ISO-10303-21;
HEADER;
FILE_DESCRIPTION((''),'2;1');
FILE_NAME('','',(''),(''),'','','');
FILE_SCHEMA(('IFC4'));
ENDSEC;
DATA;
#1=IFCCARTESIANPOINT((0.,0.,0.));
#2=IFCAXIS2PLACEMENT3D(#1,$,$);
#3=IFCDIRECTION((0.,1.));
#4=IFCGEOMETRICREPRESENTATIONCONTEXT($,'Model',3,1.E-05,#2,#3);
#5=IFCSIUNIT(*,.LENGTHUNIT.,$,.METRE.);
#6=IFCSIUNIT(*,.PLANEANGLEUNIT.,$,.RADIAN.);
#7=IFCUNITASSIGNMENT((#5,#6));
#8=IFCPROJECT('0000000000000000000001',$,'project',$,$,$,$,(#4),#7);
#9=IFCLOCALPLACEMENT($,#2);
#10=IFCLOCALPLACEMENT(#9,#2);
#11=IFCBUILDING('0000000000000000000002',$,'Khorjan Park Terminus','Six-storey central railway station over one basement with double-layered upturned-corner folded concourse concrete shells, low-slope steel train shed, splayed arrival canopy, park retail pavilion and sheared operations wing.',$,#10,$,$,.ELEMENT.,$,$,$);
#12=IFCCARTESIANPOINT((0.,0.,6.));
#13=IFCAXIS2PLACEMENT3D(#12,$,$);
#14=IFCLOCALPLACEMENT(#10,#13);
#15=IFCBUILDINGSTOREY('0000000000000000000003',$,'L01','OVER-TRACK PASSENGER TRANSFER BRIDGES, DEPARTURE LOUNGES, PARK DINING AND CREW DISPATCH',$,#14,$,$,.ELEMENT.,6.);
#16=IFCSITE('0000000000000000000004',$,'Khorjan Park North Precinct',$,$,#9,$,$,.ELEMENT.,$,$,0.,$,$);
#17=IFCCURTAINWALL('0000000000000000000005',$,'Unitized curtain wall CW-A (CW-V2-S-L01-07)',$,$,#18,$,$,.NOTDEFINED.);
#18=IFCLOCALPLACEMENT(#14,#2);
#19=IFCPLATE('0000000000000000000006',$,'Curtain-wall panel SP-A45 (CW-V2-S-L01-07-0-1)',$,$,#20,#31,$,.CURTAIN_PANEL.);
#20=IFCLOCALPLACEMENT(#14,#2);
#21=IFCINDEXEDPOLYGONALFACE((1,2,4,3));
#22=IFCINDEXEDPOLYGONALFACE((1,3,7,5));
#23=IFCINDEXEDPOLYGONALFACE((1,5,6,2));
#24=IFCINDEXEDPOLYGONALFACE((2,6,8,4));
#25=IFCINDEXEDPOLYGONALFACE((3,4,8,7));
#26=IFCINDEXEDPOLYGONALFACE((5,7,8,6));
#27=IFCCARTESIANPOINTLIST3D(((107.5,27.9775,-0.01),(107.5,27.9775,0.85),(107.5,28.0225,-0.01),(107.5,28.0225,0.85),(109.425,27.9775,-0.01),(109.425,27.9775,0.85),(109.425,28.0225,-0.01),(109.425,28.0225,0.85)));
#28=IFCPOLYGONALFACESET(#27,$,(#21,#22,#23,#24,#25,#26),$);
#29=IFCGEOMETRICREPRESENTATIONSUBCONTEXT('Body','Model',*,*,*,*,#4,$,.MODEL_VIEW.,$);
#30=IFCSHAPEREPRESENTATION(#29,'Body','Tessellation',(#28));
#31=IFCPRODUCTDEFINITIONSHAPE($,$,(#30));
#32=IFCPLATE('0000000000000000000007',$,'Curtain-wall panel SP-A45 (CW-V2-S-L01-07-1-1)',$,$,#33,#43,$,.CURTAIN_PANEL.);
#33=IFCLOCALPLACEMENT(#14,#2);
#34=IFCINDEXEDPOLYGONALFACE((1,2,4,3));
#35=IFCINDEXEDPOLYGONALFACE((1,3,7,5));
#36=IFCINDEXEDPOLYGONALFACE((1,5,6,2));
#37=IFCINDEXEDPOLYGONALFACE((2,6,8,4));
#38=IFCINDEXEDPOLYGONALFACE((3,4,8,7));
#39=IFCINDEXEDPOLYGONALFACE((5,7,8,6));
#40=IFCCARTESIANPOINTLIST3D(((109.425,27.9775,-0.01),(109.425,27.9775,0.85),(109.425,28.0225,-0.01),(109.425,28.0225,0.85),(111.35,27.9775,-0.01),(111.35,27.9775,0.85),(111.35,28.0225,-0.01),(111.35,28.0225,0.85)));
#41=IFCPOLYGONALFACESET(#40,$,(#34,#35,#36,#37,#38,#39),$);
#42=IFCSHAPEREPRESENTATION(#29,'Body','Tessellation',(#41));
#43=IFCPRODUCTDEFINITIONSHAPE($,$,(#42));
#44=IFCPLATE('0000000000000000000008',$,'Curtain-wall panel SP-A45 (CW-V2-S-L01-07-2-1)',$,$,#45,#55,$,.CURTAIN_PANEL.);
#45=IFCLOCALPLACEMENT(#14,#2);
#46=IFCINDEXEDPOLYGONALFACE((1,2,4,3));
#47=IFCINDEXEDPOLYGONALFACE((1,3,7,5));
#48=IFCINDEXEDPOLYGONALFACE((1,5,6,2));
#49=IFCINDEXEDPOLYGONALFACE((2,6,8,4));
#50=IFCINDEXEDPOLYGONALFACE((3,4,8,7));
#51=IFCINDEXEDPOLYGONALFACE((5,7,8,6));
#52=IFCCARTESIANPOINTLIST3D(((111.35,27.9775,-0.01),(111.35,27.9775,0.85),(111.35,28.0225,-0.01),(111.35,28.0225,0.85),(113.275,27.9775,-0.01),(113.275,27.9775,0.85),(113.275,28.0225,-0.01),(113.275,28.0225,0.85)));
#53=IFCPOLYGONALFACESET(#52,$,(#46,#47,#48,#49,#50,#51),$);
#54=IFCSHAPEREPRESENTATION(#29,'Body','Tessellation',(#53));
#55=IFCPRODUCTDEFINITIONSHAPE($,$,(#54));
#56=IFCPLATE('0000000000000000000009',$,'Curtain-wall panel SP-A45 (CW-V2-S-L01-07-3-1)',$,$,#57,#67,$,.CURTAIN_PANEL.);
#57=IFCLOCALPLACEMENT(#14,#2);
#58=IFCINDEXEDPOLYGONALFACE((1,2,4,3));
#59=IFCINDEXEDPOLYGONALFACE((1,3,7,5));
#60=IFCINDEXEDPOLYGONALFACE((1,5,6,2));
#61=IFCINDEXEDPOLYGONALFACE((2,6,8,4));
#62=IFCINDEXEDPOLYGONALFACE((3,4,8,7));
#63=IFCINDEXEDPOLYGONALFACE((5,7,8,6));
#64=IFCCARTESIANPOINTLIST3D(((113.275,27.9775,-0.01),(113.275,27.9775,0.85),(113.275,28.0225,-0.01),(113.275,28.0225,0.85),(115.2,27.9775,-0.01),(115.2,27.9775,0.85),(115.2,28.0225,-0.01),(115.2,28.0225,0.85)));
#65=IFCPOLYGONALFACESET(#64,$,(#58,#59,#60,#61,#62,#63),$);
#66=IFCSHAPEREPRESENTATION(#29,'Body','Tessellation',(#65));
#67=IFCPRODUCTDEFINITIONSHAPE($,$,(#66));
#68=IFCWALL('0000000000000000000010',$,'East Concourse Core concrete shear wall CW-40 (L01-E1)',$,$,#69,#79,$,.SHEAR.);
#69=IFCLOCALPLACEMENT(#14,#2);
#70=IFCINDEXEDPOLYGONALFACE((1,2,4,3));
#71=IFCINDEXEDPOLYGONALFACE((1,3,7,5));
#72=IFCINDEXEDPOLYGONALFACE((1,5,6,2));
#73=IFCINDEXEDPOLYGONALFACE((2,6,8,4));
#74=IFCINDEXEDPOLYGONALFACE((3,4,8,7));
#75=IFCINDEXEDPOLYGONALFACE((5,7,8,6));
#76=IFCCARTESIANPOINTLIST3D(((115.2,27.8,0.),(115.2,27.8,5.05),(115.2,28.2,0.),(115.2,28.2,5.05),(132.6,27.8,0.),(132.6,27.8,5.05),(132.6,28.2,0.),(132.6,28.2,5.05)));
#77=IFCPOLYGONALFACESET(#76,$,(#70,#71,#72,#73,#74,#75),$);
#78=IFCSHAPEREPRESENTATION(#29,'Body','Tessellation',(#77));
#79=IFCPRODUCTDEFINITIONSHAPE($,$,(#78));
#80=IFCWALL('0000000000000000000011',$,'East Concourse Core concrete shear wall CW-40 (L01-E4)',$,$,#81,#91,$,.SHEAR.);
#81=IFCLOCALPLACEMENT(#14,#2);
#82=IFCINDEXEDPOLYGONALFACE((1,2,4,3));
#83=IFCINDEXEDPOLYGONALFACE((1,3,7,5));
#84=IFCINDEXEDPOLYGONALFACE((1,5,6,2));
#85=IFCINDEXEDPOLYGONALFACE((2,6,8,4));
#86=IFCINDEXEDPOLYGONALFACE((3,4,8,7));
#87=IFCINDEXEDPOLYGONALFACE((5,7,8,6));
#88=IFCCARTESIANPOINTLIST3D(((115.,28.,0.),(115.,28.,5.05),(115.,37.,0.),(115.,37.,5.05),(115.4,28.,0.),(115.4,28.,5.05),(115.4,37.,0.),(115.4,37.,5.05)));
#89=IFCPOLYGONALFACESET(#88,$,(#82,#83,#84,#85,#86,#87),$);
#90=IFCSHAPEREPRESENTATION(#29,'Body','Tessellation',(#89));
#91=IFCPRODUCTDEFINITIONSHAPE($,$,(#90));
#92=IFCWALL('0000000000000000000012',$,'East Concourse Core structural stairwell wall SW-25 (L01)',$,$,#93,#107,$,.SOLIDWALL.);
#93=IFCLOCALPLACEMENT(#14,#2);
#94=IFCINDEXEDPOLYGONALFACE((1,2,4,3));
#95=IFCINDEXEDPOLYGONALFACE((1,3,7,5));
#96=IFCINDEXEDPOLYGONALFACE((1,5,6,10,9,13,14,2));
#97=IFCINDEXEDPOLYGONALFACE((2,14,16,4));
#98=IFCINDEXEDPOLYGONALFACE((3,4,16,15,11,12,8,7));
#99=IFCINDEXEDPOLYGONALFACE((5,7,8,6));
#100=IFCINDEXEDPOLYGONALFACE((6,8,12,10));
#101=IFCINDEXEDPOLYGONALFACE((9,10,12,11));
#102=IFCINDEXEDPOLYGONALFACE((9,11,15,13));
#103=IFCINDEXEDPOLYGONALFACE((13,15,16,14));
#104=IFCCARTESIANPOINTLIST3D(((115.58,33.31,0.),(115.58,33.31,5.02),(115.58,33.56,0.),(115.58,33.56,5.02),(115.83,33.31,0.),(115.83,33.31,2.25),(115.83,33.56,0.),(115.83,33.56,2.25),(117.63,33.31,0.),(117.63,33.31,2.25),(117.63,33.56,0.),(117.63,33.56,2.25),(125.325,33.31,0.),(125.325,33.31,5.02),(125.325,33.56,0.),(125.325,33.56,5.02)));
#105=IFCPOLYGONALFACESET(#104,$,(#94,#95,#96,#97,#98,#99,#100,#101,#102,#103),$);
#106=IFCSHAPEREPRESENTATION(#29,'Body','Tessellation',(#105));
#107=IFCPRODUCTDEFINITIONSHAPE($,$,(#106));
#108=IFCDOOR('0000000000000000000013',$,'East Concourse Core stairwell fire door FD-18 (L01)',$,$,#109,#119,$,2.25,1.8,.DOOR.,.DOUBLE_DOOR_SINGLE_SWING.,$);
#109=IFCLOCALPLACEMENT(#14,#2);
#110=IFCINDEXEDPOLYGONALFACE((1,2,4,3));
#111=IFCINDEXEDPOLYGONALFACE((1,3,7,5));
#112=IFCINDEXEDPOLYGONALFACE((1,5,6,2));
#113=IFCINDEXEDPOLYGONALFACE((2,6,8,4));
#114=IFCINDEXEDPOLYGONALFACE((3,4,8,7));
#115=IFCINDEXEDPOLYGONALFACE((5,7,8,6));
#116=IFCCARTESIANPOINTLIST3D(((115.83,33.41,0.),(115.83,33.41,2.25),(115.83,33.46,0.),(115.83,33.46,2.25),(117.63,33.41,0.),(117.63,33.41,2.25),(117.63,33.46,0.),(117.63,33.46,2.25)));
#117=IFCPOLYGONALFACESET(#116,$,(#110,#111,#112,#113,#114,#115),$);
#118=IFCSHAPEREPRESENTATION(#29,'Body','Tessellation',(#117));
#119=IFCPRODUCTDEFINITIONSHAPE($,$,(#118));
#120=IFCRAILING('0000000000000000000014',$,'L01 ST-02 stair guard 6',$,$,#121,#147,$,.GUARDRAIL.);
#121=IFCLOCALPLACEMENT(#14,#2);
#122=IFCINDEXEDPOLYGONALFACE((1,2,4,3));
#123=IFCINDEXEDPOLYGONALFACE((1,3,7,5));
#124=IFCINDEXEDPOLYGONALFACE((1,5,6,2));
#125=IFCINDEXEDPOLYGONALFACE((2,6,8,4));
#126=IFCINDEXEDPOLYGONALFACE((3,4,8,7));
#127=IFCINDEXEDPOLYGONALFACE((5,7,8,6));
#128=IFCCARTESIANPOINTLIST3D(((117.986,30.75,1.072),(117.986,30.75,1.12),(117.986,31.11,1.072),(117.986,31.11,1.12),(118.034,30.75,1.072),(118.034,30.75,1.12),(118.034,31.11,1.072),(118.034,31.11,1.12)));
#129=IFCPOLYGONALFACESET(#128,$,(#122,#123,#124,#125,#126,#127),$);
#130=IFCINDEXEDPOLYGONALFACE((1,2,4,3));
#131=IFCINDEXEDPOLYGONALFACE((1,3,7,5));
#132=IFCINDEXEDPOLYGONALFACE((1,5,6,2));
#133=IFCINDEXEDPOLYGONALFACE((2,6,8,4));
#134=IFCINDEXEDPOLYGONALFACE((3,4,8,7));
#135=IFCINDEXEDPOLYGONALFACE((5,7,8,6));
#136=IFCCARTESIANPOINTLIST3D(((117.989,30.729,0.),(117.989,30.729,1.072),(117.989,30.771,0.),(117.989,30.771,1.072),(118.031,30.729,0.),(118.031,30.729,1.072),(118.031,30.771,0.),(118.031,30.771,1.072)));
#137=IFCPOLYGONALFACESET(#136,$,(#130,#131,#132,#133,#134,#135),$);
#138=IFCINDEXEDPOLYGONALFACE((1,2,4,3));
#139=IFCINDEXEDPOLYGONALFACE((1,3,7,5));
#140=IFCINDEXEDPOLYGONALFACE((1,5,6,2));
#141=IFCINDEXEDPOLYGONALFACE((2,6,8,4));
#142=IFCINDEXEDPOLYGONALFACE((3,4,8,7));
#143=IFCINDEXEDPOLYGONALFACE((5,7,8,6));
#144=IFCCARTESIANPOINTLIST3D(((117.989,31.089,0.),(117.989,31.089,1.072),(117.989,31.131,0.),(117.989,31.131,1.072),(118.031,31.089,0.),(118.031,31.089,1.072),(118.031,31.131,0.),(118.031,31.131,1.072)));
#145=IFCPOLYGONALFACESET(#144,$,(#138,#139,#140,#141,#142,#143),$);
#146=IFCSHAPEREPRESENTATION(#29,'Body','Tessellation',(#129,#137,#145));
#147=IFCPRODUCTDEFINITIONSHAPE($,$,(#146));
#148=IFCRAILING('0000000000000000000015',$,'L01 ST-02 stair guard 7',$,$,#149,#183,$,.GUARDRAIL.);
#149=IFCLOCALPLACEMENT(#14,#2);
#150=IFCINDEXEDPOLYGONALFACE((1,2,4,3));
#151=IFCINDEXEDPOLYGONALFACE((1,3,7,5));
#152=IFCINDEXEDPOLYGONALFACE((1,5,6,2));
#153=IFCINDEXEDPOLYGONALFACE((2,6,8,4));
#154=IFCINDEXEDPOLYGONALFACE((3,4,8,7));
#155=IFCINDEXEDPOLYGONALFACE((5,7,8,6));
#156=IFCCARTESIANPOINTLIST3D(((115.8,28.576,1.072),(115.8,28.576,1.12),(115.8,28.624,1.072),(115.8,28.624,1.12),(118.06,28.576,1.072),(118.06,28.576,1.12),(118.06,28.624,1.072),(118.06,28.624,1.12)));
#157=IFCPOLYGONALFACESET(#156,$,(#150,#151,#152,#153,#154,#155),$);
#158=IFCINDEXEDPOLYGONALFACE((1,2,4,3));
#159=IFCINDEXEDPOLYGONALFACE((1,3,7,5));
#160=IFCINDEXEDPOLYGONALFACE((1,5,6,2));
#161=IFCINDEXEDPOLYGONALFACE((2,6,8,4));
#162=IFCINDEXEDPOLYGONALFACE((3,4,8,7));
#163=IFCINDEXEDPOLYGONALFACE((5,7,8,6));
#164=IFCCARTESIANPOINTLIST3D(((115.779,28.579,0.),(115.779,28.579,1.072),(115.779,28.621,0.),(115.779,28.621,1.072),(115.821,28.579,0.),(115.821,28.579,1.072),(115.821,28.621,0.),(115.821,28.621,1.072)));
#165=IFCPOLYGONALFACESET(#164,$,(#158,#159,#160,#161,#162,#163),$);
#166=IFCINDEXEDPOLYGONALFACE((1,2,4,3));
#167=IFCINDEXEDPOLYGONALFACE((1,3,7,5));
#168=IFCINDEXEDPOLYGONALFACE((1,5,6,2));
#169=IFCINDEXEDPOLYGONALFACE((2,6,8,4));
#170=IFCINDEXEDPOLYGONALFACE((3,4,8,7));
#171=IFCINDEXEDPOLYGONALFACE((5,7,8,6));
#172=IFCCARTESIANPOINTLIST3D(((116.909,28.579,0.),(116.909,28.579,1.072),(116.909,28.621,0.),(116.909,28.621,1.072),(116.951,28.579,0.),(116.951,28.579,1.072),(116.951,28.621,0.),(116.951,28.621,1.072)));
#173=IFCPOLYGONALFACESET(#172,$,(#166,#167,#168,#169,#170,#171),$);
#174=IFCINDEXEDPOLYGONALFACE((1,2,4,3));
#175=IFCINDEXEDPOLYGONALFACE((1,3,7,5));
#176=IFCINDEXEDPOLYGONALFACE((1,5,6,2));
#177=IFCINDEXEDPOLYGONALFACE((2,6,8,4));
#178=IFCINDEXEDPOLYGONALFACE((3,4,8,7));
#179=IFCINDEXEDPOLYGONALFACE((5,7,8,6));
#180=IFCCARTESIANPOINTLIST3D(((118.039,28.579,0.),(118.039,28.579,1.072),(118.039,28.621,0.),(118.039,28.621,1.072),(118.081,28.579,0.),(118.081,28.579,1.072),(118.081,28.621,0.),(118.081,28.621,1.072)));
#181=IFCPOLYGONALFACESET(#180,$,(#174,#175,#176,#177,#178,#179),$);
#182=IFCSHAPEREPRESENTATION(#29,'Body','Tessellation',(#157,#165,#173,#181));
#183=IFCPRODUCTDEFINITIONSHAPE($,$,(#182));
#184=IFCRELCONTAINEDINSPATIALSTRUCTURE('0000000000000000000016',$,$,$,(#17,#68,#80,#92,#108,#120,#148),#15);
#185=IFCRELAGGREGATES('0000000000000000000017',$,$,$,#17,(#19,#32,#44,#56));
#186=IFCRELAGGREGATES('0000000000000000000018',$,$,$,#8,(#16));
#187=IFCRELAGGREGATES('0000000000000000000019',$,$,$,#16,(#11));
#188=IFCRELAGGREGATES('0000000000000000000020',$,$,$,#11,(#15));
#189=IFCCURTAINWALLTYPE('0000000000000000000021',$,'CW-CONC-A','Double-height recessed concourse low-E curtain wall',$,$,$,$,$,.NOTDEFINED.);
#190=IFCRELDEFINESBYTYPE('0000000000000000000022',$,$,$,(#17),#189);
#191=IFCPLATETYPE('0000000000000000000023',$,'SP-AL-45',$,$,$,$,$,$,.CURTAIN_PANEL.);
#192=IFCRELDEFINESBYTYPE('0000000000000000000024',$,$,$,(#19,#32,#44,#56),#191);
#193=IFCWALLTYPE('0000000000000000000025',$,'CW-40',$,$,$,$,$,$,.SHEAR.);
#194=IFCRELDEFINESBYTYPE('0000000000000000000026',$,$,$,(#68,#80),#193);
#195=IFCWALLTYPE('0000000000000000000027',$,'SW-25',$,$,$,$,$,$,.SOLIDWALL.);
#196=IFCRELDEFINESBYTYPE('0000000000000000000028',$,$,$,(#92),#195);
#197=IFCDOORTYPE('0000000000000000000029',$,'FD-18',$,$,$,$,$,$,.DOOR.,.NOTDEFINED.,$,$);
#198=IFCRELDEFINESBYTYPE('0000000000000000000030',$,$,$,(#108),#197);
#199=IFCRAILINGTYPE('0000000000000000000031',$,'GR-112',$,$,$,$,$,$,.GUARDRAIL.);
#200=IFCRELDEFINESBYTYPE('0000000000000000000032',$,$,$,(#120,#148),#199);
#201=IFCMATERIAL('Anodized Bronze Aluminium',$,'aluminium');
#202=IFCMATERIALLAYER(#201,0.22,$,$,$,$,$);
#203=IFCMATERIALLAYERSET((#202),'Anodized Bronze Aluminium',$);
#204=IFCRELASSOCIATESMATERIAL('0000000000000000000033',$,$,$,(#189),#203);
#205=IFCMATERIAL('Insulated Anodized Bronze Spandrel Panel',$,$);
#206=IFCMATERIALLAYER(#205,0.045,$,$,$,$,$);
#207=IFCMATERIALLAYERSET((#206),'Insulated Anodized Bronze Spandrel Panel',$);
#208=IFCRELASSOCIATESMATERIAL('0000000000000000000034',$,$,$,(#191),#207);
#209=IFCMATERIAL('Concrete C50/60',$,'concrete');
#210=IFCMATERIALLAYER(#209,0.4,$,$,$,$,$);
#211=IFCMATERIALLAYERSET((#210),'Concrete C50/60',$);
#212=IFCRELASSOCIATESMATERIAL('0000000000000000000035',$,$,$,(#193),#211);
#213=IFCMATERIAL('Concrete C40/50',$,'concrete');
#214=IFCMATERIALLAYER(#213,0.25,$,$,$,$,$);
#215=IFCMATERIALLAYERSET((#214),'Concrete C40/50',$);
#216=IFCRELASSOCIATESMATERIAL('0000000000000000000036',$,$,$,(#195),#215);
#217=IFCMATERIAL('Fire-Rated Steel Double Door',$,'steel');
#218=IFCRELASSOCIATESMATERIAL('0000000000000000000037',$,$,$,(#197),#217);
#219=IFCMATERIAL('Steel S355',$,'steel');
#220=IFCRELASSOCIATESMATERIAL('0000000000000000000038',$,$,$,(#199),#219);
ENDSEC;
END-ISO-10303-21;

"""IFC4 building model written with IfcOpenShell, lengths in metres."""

from ifc_helpers import new_model, si_unit, direction, frame, frame_2d, origin, origin_2d, place, context, subcontext, project, spatial, rectangle, extrude, material, layer, layer_set, type_object, element, fill, aggregate, save


model = new_model("IFC4")

# Units and contexts
model_context = context("Model", 3, precision=1e-05, world=origin(), true_north=direction((0.0, 1.0)))
body_context = subcontext(model_context, "Body", "Model", "MODEL_VIEW")
ifc_project = project(units=[si_unit("LENGTHUNIT", "METRE"), si_unit("PLANEANGLEUNIT", "RADIAN")], contexts=[model_context])

# Site, building, storey
site_placement = place(None, origin())
site = spatial("IfcSite", under=ifc_project, at=site_placement, Name="Khorjan Park North Precinct", CompositionType="ELEMENT", RefElevation=0.0)
building_placement = place(site_placement, origin())
building = spatial("IfcBuilding", under=site, at=building_placement, Name="Khorjan Park Terminus", Description="Six-storey central railway station over one basement with double-layered upturned-corner folded concourse concrete shells, low-slope steel train shed, splayed arrival canopy, park retail pavilion and sheared operations wing.", CompositionType="ELEMENT")
storey_placement = place(building_placement, frame((0.0, 0.0, 6.0)))
storey = spatial("IfcBuildingStorey", under=building, at=storey_placement, Name="L01", Description="OVER-TRACK PASSENGER TRANSFER BRIDGES, DEPARTURE LOUNGES, PARK DINING AND CREW DISPATCH", CompositionType="ELEMENT", Elevation=6.0)

# Shared definitions
ifc_material_1 = material(Name="Concrete C50/60", Category="concrete")

# Shared definitions
ifc_material_2 = material(Name="Concrete C40/50", Category="concrete")

# Curtain wall, plates
ifc_material_3 = material(Name="Anodized Bronze Aluminium", Category="aluminium")
ifc_layer_1 = layer(ifc_material_3, 0.22)
ifc_layer_set_1 = layer_set([ifc_layer_1], Name="Anodized Bronze Aluminium")
curtain_wall_type = type_object("IfcCurtainWallType", Name="CW-CONC-A", Description="Double-height recessed concourse low-E curtain wall", PredefinedType="NOTDEFINED", material=ifc_layer_set_1)
curtain_wall_placement = place(storey_placement, origin())
curtain_wall = element("IfcCurtainWall", 1, at=curtain_wall_placement, inside=storey, type_object=curtain_wall_type, Name="Unitized curtain wall CW-A (CW-V2-S-L01-07)", PredefinedType="NOTDEFINED")
ifc_material_4 = material(Name="Insulated Anodized Bronze Spandrel Panel")
ifc_layer_2 = layer(ifc_material_4, 0.045)
ifc_layer_set_2 = layer_set([ifc_layer_2], Name="Insulated Anodized Bronze Spandrel Panel")
plate_type_1 = type_object("IfcPlateType", Name="SP-AL-45", PredefinedType="CURTAIN_PANEL", material=ifc_layer_set_2)
plate_1_placement = place(storey_placement, frame((108.4625, 28.0, -0.01), z_axis=(0.0, 0.0, 1.0), x_axis=(1.0, 0.0, 0.0)))
plate_1 = element("IfcPlate", 2, at=plate_1_placement, type_object=plate_type_1, Name="Curtain-wall panel SP-A45 (CW-V2-S-L01-07-0-1)", PredefinedType="CURTAIN_PANEL", context=body_context, shape_type="SweptSolid", body=[
    extrude(rectangle(XDim=1.925, YDim=0.045, at=origin_2d()), origin(), (0.0, 0.0, 1.0), 0.86),
])
plate_2_placement = place(storey_placement, frame((110.3875, 28.0, -0.01), z_axis=(0.0, 0.0, 1.0), x_axis=(1.0, 0.0, 0.0)))
plate_2 = element("IfcPlate", 3, at=plate_2_placement, type_object=plate_type_1, Name="Curtain-wall panel SP-A45 (CW-V2-S-L01-07-1-1)", PredefinedType="CURTAIN_PANEL", context=body_context, shape_type="SweptSolid", body=[
    extrude(rectangle(XDim=1.925, YDim=0.045, at=origin_2d()), origin(), (0.0, 0.0, 1.0), 0.86),
])
plate_3_placement = place(storey_placement, frame((112.3125, 28.0, -0.01), z_axis=(0.0, 0.0, 1.0), x_axis=(1.0, 0.0, 0.0)))
plate_3 = element("IfcPlate", 4, at=plate_3_placement, type_object=plate_type_1, Name="Curtain-wall panel SP-A45 (CW-V2-S-L01-07-2-1)", PredefinedType="CURTAIN_PANEL", context=body_context, shape_type="SweptSolid", body=[
    extrude(rectangle(XDim=1.925, YDim=0.045, at=origin_2d()), origin(), (0.0, 0.0, 1.0), 0.86),
])
plate_4_placement = place(storey_placement, frame((114.2375, 28.0, -0.01), z_axis=(0.0, 0.0, 1.0), x_axis=(1.0, 0.0, 0.0)))
plate_4 = element("IfcPlate", 5, at=plate_4_placement, type_object=plate_type_1, Name="Curtain-wall panel SP-A45 (CW-V2-S-L01-07-3-1)", PredefinedType="CURTAIN_PANEL", context=body_context, shape_type="SweptSolid", body=[
    extrude(rectangle(XDim=1.925, YDim=0.045, at=origin_2d()), origin(), (0.0, 0.0, 1.0), 0.86),
])
aggregate(curtain_wall, [plate_1, plate_2, plate_3, plate_4])

# Walls
ifc_layer_3 = layer(ifc_material_1, 0.4)
ifc_layer_set_3 = layer_set([ifc_layer_3], Name="Concrete C50/60")
wall_type_1 = type_object("IfcWallType", Name="CW-40", PredefinedType="SHEAR", material=ifc_layer_set_3)
wall_1_placement = place(storey_placement, frame((115.2, 28.0, 0.0), z_axis=(0.0, 0.0, 1.0), x_axis=(1.0, 0.0, 0.0)))
element("IfcWall", 6, at=wall_1_placement, inside=storey, type_object=wall_type_1, Name="East Concourse Core concrete shear wall CW-40 (L01-E1)", PredefinedType="SHEAR", context=body_context, shape_type="SweptSolid", body=[
    extrude(rectangle(XDim=17.4, YDim=0.4, at=frame_2d((8.7, 0.0))), origin(), (0.0, 0.0, 1.0), 5.05),
])
wall_2_placement = place(storey_placement, frame((115.2, 37.0, 0.0), z_axis=(0.0, 0.0, 1.0), x_axis=(0.0, -1.0, 0.0)))
element("IfcWall", 7, at=wall_2_placement, inside=storey, type_object=wall_type_1, Name="East Concourse Core concrete shear wall CW-40 (L01-E4)", PredefinedType="SHEAR", context=body_context, shape_type="SweptSolid", body=[
    extrude(rectangle(XDim=9.0, YDim=0.4, at=frame_2d((4.5, 0.0))), origin(), (0.0, 0.0, 1.0), 5.05),
])

# Wall, opening, door
ifc_layer_4 = layer(ifc_material_2, 0.25)
ifc_layer_set_4 = layer_set([ifc_layer_4], Name="Concrete C40/50")
wall_type_2 = type_object("IfcWallType", Name="SW-25", PredefinedType="SOLIDWALL", material=ifc_layer_set_4)
wall_3_placement = place(storey_placement, frame((115.58, 33.435, 0.0), z_axis=(0.0, 0.0, 1.0), x_axis=(1.0, 0.0, 0.0)))
wall_3 = element("IfcWall", 8, at=wall_3_placement, inside=storey, type_object=wall_type_2, Name="East Concourse Core structural stairwell wall SW-25 (L01)", PredefinedType="SOLIDWALL", context=body_context, shape_type="SweptSolid", body=[
    extrude(rectangle(XDim=9.745, YDim=0.25, at=frame_2d((4.8725, 0.0))), origin(), (0.0, 0.0, 1.0), 5.02),
])
opening_placement = place(wall_3_placement, frame((0.25, 0.0, 0.0)))
opening = element("IfcOpeningElement", 9, at=opening_placement, cuts=wall_3, PredefinedType="OPENING", context=body_context, shape_type="SweptSolid", body=[
    extrude(rectangle(XDim=1.8, YDim=2.25, at=frame_2d((0.9, 1.125))), frame((0.0, 0.135, 0.0), z_axis=(0.0, -1.0, 0.0), x_axis=(1.0, 0.0, 0.0)), (0.0, 0.0, 1.0), 0.27),
])
ifc_material_5 = material(Name="Fire-Rated Steel Double Door", Category="steel")
door_type = type_object("IfcDoorType", Name="FD-18", OperationType="NOTDEFINED", PredefinedType="DOOR", material=ifc_material_5)
door_placement = place(opening_placement, origin())
door = element("IfcDoor", 10, at=door_placement, inside=storey, type_object=door_type, Name="East Concourse Core stairwell fire door FD-18 (L01)", OperationType="DOUBLE_DOOR_SINGLE_SWING", OverallHeight=2.25, OverallWidth=1.8, PredefinedType="DOOR", context=body_context, shape_type="SweptSolid", body=[
    extrude(rectangle(XDim=1.8, YDim=2.25, at=frame_2d((0.9, 1.125))), frame((0.0, 0.025, 0.0), z_axis=(0.0, -1.0, 0.0), x_axis=(1.0, 0.0, 0.0)), (0.0, 0.0, 1.0), 0.05),
])
fill(opening, door)

# Railings
ifc_material_6 = material(Name="Steel S355", Category="steel")
railing_type_1 = type_object("IfcRailingType", Name="GR-112", PredefinedType="GUARDRAIL", material=ifc_material_6)
railing_1_placement = place(storey_placement, frame((118.01, 30.75, 0.0)))
element("IfcRailing", 11, at=railing_1_placement, inside=storey, type_object=railing_type_1, Name="L01 ST-02 stair guard 6", PredefinedType="GUARDRAIL", context=body_context, shape_type="SweptSolid", body=[
    extrude(rectangle(XDim=0.048, YDim=0.048, at=origin_2d()), frame((0.0, 0.0, 1.096), z_axis=(0.0, 1.0, 0.0), x_axis=(-1.0, 0.0, 0.0)), (0.0, 0.0, 1.0), 0.36),
    extrude(rectangle(XDim=0.042, YDim=0.042, at=origin_2d()), origin(), (0.0, 0.0, 1.0), 1.072),
    extrude(rectangle(XDim=0.042, YDim=0.042, at=origin_2d()), frame((0.0, 0.36, 0.0)), (0.0, 0.0, 1.0), 1.072),
])
railing_2_placement = place(storey_placement, frame((115.8, 28.6, 0.0)))
element("IfcRailing", 12, at=railing_2_placement, inside=storey, type_object=railing_type_1, Name="L01 ST-02 stair guard 7", PredefinedType="GUARDRAIL", context=body_context, shape_type="SweptSolid", body=[
    extrude(rectangle(XDim=0.048, YDim=0.048, at=origin_2d()), frame((0.0, 0.0, 1.096), z_axis=(1.0, 0.0, 0.0), x_axis=(0.0, 1.0, 0.0)), (0.0, 0.0, 1.0), 2.26),
    extrude(rectangle(XDim=0.042, YDim=0.042, at=origin_2d()), origin(), (0.0, 0.0, 1.0), 1.072),
    extrude(rectangle(XDim=0.042, YDim=0.042, at=origin_2d()), frame((1.13, 0.0, 0.0)), (0.0, 0.0, 1.0), 1.072),
    extrude(rectangle(XDim=0.042, YDim=0.042, at=origin_2d()), frame((2.26, 0.0, 0.0)), (0.0, 0.0, 1.0), 1.072),
])

save(model, "model.ifc")
